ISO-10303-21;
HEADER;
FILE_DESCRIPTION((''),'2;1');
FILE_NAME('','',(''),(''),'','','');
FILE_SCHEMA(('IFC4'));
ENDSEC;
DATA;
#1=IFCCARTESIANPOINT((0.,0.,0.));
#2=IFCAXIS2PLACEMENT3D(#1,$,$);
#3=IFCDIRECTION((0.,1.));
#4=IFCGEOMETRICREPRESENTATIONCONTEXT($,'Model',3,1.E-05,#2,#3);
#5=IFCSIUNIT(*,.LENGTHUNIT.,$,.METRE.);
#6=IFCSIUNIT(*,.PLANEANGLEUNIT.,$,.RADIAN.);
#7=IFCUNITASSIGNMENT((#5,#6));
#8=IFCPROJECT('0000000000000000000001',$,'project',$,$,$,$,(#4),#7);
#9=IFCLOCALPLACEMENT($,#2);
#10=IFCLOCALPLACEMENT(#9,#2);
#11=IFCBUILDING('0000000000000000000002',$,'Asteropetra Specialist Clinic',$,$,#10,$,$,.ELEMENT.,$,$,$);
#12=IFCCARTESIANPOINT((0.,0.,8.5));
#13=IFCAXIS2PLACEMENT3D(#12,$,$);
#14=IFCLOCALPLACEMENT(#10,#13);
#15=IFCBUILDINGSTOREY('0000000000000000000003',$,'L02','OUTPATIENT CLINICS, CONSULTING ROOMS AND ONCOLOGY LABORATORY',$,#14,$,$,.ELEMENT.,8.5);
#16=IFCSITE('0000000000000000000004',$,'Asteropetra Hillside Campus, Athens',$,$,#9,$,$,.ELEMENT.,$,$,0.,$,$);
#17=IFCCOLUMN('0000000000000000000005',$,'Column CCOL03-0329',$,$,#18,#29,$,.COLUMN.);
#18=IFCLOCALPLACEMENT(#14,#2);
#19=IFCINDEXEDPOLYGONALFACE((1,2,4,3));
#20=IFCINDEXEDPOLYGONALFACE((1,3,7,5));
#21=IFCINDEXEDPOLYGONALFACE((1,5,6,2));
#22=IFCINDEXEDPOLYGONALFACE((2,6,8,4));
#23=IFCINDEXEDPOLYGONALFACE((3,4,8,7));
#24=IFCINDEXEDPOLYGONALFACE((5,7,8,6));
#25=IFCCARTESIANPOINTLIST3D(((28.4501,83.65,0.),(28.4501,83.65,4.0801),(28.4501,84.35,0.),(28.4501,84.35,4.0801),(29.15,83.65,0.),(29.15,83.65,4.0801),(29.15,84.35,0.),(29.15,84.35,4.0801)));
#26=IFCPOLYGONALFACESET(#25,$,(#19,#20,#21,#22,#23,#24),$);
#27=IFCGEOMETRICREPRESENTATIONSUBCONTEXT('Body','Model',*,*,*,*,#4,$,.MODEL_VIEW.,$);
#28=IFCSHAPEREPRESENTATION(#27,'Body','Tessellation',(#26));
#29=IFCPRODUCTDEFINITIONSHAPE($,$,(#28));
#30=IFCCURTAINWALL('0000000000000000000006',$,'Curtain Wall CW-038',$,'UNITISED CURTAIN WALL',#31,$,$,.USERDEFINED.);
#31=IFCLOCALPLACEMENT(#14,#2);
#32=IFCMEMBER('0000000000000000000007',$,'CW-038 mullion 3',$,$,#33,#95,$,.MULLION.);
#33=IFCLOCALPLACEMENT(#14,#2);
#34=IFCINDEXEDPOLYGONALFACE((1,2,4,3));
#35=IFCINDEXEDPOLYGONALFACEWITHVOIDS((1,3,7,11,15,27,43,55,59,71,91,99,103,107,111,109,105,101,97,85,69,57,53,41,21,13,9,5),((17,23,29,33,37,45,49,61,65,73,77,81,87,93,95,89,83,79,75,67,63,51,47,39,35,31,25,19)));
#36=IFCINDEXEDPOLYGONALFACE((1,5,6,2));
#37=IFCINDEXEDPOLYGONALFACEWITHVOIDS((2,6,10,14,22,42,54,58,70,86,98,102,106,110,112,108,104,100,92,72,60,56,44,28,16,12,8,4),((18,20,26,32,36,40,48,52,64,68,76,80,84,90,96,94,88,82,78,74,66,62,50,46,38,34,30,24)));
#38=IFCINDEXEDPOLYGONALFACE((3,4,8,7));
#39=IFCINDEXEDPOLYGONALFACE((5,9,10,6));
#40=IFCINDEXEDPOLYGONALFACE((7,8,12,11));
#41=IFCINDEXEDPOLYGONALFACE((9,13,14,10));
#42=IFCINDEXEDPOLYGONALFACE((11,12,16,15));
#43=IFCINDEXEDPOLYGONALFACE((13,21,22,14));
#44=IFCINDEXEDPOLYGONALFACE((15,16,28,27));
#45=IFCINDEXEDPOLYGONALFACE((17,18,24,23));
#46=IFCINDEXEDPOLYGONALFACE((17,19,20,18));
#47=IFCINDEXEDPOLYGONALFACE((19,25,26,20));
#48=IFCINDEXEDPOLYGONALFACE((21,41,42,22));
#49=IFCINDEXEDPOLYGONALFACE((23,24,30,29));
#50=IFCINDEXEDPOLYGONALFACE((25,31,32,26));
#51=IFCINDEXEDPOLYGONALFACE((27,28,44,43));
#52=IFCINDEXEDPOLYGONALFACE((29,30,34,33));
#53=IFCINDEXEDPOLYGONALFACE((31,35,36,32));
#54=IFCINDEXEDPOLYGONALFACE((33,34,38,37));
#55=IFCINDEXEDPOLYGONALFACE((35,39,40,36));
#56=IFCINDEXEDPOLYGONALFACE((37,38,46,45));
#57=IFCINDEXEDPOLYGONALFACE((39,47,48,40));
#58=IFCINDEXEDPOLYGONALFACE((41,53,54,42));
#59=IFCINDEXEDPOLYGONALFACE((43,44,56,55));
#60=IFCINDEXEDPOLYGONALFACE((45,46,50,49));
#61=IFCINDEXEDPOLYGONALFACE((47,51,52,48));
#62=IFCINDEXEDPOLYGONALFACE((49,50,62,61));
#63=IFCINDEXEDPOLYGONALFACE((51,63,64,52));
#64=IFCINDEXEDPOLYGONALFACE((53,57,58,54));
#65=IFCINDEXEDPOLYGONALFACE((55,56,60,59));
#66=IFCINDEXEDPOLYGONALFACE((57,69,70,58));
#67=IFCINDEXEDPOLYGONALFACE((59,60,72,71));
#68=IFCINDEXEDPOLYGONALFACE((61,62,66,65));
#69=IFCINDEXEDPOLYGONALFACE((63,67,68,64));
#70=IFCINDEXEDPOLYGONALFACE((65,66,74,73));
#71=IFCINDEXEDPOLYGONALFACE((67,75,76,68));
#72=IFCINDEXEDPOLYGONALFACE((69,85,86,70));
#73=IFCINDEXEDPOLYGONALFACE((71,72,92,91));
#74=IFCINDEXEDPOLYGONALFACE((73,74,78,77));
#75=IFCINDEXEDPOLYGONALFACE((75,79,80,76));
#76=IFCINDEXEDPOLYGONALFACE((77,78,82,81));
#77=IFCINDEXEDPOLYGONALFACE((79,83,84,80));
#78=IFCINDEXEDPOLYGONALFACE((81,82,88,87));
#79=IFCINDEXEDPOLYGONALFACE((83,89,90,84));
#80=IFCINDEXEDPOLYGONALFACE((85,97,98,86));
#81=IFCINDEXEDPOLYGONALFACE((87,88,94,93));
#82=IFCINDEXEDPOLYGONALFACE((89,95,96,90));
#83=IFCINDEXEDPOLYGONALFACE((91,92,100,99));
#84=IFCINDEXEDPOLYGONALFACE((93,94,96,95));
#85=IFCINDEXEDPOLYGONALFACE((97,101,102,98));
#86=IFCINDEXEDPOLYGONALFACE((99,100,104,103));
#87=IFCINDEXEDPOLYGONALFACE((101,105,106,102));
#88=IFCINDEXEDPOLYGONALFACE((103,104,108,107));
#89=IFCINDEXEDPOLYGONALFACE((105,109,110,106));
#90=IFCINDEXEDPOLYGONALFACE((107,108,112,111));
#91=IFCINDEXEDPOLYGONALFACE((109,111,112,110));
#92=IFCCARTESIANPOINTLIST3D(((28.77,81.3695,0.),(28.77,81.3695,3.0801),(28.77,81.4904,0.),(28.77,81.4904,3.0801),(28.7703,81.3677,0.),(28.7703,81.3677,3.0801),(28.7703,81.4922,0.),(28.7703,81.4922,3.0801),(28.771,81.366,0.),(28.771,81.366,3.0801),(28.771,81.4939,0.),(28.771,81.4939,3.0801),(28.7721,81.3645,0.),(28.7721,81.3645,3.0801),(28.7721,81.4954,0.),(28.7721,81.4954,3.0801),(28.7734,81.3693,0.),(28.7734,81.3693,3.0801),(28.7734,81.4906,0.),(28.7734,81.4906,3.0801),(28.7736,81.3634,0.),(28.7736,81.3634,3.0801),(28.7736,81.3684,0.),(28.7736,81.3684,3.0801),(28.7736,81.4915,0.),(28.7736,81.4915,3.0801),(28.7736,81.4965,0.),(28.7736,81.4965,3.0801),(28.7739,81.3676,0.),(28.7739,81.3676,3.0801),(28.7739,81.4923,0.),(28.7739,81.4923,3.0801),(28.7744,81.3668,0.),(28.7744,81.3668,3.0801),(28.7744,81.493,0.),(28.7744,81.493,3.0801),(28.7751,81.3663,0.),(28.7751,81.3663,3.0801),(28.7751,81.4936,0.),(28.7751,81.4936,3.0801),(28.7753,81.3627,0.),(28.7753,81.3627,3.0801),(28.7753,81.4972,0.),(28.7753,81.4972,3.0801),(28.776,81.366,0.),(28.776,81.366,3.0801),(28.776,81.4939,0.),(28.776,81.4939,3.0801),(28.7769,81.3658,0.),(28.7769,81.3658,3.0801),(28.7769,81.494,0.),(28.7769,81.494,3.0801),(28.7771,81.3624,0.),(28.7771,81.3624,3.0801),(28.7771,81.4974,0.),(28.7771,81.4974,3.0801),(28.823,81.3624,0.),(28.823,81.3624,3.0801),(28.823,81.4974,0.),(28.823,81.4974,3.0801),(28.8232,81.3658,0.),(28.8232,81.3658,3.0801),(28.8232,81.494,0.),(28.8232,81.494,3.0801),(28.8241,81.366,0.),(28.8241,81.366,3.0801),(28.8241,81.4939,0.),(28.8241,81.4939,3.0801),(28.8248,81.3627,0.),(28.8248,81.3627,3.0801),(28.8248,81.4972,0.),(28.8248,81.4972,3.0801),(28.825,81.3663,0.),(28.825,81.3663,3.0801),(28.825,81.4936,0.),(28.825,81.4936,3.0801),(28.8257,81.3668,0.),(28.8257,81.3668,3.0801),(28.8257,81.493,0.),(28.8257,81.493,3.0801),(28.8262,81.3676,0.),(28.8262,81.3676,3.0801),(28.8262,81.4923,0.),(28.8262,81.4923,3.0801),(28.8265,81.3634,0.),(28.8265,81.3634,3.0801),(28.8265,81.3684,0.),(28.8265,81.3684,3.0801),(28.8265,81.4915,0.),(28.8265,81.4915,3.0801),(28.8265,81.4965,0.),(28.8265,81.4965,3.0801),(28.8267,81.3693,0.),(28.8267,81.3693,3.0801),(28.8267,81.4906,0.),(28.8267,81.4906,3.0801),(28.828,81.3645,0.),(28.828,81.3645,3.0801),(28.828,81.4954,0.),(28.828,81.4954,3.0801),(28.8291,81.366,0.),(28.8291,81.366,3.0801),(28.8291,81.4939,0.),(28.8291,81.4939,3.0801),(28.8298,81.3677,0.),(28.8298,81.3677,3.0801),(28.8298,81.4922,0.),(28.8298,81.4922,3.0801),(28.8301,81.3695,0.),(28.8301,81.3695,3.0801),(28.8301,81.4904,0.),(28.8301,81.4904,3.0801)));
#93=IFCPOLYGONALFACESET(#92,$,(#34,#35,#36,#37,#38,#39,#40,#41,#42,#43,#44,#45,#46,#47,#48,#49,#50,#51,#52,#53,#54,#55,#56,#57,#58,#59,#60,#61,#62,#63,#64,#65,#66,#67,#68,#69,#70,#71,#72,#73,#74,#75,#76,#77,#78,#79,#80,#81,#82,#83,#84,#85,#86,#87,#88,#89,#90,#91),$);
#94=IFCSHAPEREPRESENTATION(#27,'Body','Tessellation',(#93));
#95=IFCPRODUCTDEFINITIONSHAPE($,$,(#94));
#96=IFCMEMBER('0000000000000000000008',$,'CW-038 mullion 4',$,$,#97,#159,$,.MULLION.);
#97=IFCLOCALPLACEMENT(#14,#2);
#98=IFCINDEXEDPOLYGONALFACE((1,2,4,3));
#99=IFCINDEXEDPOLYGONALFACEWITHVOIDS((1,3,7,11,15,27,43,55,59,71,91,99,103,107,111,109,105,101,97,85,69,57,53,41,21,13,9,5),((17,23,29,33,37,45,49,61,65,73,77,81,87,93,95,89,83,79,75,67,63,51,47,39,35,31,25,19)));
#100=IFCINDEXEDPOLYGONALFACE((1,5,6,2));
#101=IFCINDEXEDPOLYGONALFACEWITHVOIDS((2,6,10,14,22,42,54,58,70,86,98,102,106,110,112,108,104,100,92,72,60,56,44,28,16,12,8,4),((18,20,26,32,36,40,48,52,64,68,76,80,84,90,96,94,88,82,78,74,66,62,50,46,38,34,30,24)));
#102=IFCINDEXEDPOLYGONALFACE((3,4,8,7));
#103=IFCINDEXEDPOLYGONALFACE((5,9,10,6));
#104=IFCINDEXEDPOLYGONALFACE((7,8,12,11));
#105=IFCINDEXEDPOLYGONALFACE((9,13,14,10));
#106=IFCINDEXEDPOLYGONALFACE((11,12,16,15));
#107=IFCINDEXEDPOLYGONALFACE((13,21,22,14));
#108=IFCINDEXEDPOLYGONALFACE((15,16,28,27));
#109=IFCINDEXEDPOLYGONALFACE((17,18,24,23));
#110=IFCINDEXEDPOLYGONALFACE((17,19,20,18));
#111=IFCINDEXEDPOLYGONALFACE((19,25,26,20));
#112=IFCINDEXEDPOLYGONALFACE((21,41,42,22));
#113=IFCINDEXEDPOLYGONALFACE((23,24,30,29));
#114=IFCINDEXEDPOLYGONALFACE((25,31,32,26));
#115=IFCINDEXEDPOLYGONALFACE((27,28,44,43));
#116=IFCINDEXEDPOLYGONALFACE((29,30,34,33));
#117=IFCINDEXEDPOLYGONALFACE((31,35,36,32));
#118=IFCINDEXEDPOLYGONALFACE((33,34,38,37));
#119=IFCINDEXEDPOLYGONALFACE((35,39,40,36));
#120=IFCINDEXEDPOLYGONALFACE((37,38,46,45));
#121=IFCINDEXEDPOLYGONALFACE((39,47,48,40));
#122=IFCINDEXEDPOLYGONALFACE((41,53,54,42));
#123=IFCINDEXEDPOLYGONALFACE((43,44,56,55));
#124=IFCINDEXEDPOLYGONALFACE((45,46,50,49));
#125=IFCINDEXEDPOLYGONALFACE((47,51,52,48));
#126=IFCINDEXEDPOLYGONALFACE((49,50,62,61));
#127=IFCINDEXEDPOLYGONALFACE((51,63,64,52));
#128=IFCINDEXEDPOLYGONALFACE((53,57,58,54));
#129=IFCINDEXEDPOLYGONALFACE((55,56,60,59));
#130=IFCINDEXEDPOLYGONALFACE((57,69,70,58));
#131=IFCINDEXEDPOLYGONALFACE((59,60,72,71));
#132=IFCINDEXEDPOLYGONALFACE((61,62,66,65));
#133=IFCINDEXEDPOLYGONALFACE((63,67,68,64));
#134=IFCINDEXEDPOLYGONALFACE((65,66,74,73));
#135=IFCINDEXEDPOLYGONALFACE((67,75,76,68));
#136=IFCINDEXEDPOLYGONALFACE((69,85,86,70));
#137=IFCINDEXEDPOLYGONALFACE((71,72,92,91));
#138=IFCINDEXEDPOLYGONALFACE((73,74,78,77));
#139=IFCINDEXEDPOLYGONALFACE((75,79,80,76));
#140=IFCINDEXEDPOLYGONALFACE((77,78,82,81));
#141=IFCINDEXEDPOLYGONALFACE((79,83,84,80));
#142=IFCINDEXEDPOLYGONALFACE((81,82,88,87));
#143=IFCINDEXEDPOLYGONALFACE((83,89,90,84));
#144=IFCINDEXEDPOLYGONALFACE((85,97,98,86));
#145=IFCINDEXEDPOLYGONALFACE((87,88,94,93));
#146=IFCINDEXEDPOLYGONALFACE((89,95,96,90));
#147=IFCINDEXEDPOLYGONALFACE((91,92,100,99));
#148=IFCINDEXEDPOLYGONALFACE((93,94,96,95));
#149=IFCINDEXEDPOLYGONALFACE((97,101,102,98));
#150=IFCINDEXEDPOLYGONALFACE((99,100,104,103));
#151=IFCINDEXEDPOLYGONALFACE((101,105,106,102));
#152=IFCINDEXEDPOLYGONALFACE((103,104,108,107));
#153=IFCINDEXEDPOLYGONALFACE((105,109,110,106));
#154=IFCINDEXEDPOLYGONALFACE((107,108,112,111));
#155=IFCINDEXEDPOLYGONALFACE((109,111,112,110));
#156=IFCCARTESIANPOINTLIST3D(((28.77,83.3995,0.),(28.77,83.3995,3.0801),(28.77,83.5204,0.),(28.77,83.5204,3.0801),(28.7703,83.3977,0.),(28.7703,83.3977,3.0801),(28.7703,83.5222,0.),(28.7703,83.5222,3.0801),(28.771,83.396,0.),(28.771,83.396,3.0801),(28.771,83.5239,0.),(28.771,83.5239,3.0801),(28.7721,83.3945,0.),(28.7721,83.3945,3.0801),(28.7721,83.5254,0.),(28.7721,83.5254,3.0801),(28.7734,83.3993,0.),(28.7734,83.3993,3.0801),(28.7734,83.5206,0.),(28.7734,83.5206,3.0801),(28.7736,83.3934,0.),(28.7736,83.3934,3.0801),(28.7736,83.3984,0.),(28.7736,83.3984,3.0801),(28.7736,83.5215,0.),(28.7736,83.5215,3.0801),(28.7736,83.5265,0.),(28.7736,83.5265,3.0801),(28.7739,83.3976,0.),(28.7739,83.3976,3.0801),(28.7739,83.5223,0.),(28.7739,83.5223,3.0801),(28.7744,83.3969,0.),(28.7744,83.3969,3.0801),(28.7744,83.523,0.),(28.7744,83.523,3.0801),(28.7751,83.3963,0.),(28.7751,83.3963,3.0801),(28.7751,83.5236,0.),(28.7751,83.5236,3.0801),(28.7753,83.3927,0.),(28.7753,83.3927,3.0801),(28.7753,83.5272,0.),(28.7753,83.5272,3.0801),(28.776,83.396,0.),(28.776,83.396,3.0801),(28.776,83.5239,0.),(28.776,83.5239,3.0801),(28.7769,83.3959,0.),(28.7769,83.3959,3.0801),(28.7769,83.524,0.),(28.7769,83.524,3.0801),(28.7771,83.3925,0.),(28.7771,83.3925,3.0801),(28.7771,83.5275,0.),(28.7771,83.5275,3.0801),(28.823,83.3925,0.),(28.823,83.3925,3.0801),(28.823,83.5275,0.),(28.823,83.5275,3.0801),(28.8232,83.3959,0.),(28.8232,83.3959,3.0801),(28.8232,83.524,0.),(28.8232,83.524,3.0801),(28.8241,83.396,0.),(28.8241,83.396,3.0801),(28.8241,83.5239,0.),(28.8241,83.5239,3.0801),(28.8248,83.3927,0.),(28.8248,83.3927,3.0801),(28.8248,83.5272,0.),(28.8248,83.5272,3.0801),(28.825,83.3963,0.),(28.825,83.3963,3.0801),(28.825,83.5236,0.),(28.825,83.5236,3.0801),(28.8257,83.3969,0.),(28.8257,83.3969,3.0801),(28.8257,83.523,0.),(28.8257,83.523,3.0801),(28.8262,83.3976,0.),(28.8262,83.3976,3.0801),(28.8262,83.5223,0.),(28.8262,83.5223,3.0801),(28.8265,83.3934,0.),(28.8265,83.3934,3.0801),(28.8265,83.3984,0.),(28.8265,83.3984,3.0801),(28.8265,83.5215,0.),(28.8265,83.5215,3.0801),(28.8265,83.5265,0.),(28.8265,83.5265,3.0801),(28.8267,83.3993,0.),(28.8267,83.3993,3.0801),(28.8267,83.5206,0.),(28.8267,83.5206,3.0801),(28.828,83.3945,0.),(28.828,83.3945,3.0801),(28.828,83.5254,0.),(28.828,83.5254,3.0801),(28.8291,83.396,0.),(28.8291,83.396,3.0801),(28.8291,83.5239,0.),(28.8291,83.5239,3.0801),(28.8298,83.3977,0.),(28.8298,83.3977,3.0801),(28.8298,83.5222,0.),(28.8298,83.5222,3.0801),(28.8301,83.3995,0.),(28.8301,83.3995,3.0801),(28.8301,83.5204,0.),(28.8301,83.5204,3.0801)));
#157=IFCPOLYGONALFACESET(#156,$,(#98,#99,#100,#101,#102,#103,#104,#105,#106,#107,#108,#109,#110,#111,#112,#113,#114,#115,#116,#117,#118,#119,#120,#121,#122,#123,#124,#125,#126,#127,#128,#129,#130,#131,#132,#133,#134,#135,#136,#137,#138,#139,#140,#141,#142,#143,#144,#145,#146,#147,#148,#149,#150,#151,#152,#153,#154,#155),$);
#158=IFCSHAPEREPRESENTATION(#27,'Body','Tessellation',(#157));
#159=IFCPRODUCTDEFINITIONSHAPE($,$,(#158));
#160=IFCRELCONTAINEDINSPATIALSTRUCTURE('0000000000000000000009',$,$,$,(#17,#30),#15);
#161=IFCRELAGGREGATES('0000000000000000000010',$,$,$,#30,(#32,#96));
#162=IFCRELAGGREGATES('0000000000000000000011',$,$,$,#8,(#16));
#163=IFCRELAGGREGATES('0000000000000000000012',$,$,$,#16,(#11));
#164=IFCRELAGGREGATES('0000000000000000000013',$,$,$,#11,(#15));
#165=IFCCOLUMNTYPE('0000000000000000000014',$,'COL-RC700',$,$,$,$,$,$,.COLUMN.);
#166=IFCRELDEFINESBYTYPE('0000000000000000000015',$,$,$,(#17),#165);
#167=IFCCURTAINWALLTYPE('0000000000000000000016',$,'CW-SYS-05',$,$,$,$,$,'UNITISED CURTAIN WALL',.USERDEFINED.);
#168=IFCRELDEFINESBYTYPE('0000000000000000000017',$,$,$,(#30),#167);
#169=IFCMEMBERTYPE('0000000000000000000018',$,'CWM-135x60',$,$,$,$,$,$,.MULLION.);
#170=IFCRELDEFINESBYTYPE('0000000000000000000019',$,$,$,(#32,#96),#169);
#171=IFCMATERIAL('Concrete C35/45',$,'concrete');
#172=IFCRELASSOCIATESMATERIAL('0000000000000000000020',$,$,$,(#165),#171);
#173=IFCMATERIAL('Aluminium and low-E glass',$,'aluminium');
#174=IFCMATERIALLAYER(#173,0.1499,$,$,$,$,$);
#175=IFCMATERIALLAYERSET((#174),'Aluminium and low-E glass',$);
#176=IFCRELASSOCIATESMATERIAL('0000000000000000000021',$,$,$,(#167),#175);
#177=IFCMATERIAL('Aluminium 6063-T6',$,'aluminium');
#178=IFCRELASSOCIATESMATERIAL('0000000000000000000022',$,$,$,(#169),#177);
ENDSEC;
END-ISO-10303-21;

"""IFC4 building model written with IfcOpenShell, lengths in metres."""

from ifc_helpers import new_model, si_unit, direction, frame, origin, origin_2d, place, context, subcontext, project, spatial, rectangle, hollow_rectangle, extrude, material, layer, layer_set, material_profile, profile_set, type_object, element, aggregate, save


model = new_model("IFC4")

# Units and contexts
model_context = context("Model", 3, precision=1e-05, world=origin(), true_north=direction((0.0, 1.0)))
body_context = subcontext(model_context, "Body", "Model", "MODEL_VIEW")
ifc_project = project(units=[si_unit("LENGTHUNIT", "METRE"), si_unit("PLANEANGLEUNIT", "RADIAN")], contexts=[model_context])

# Site, building, storey
site_placement = place(None, origin())
site = spatial("IfcSite", under=ifc_project, at=site_placement, Name="Asteropetra Hillside Campus, Athens", CompositionType="ELEMENT", RefElevation=0.0)
building_placement = place(site_placement, origin())
building = spatial("IfcBuilding", under=site, at=building_placement, Name="Asteropetra Specialist Clinic", CompositionType="ELEMENT")
storey_placement = place(building_placement, frame((0.0, 0.0, 8.5)))
storey = spatial("IfcBuildingStorey", under=building, at=storey_placement, Name="L02", Description="OUTPATIENT CLINICS, CONSULTING ROOMS AND ONCOLOGY LABORATORY", CompositionType="ELEMENT", Elevation=8.5)

# Column
ifc_material_1 = material(Name="Concrete C35/45", Category="concrete")
ifc_material_profile_1 = material_profile(ifc_material_1, rectangle(XDim=0.7, YDim=0.7, at=origin_2d()), Name="RC 700x700")
ifc_profile_set_1 = profile_set([ifc_material_profile_1], Name="Concrete C35/45")
column_type = type_object("IfcColumnType", Name="COL-RC700", PredefinedType="COLUMN", material=ifc_profile_set_1)
column_placement = place(storey_placement, frame((28.8, 84.0, 0.0), z_axis=(0.0, 0.0, 1.0), x_axis=(1.0, 0.0, 0.0)))
element("IfcColumn", 1, at=column_placement, inside=storey, type_object=column_type, Name="Column CCOL03-0329", PredefinedType="COLUMN", context=body_context, shape_type="SweptSolid", body=[
    extrude(rectangle(XDim=0.7, YDim=0.7, at=origin_2d()), origin(), (0.0, 0.0, 1.0), 4.0801),
])

# Curtain wall, members
ifc_material_2 = material(Name="Aluminium and low-E glass", Category="aluminium")
ifc_layer_1 = layer(ifc_material_2, 0.1499)
ifc_layer_set_1 = layer_set([ifc_layer_1], Name="Aluminium and low-E glass")
curtain_wall_type_1 = type_object("IfcCurtainWallType", Name="CW-SYS-05", ElementType="UNITISED CURTAIN WALL", PredefinedType="USERDEFINED", material=ifc_layer_set_1)
curtain_wall_1_placement = place(storey_placement, origin())
curtain_wall_1 = element("IfcCurtainWall", 2, at=curtain_wall_1_placement, inside=storey, type_object=curtain_wall_type_1, Name="Curtain Wall CW-038", ObjectType="UNITISED CURTAIN WALL", PredefinedType="USERDEFINED")
ifc_material_3 = material(Name="Aluminium 6063-T6", Category="aluminium")
ifc_material_profile_2 = material_profile(ifc_material_3, hollow_rectangle(XDim=0.0601, YDim=0.135, WallThickness=0.0034, InnerFilletRadius=0.0034, OuterFilletRadius=0.0071, at=origin_2d()), Name="MUL 135x60x3.5")
ifc_profile_set_2 = profile_set([ifc_material_profile_2], Name="Aluminium 6063-T6")
member_type_1 = type_object("IfcMemberType", Name="CWM-135x60", PredefinedType="MULLION", material=ifc_profile_set_2)
member_1_placement = place(storey_placement, frame((28.8, 81.4299, 0.0), z_axis=(0.0, 0.0, 1.0), x_axis=(-1.0, 0.0, 0.0)))
member_1 = element("IfcMember", 3, at=member_1_placement, type_object=member_type_1, Name="CW-038 mullion 3", PredefinedType="MULLION", context=body_context, shape_type="SweptSolid", body=[
    extrude(hollow_rectangle(XDim=0.0601, YDim=0.135, WallThickness=0.0034, InnerFilletRadius=0.0034, OuterFilletRadius=0.0071, at=origin_2d()), origin(), (0.0, 0.0, 1.0), 3.0801),
])
member_2_placement = place(storey_placement, frame((28.8, 83.46, 0.0), z_axis=(0.0, 0.0, 1.0), x_axis=(-1.0, 0.0, 0.0)))
member_2 = element("IfcMember", 4, at=member_2_placement, type_object=member_type_1, Name="CW-038 mullion 4", PredefinedType="MULLION", context=body_context, shape_type="SweptSolid", body=[
    extrude(hollow_rectangle(XDim=0.0601, YDim=0.135, WallThickness=0.0034, InnerFilletRadius=0.0034, OuterFilletRadius=0.0071, at=origin_2d()), origin(), (0.0, 0.0, 1.0), 3.0801),
])

aggregate(curtain_wall_1, [member_1, member_2])

save(model, "model.ifc")
